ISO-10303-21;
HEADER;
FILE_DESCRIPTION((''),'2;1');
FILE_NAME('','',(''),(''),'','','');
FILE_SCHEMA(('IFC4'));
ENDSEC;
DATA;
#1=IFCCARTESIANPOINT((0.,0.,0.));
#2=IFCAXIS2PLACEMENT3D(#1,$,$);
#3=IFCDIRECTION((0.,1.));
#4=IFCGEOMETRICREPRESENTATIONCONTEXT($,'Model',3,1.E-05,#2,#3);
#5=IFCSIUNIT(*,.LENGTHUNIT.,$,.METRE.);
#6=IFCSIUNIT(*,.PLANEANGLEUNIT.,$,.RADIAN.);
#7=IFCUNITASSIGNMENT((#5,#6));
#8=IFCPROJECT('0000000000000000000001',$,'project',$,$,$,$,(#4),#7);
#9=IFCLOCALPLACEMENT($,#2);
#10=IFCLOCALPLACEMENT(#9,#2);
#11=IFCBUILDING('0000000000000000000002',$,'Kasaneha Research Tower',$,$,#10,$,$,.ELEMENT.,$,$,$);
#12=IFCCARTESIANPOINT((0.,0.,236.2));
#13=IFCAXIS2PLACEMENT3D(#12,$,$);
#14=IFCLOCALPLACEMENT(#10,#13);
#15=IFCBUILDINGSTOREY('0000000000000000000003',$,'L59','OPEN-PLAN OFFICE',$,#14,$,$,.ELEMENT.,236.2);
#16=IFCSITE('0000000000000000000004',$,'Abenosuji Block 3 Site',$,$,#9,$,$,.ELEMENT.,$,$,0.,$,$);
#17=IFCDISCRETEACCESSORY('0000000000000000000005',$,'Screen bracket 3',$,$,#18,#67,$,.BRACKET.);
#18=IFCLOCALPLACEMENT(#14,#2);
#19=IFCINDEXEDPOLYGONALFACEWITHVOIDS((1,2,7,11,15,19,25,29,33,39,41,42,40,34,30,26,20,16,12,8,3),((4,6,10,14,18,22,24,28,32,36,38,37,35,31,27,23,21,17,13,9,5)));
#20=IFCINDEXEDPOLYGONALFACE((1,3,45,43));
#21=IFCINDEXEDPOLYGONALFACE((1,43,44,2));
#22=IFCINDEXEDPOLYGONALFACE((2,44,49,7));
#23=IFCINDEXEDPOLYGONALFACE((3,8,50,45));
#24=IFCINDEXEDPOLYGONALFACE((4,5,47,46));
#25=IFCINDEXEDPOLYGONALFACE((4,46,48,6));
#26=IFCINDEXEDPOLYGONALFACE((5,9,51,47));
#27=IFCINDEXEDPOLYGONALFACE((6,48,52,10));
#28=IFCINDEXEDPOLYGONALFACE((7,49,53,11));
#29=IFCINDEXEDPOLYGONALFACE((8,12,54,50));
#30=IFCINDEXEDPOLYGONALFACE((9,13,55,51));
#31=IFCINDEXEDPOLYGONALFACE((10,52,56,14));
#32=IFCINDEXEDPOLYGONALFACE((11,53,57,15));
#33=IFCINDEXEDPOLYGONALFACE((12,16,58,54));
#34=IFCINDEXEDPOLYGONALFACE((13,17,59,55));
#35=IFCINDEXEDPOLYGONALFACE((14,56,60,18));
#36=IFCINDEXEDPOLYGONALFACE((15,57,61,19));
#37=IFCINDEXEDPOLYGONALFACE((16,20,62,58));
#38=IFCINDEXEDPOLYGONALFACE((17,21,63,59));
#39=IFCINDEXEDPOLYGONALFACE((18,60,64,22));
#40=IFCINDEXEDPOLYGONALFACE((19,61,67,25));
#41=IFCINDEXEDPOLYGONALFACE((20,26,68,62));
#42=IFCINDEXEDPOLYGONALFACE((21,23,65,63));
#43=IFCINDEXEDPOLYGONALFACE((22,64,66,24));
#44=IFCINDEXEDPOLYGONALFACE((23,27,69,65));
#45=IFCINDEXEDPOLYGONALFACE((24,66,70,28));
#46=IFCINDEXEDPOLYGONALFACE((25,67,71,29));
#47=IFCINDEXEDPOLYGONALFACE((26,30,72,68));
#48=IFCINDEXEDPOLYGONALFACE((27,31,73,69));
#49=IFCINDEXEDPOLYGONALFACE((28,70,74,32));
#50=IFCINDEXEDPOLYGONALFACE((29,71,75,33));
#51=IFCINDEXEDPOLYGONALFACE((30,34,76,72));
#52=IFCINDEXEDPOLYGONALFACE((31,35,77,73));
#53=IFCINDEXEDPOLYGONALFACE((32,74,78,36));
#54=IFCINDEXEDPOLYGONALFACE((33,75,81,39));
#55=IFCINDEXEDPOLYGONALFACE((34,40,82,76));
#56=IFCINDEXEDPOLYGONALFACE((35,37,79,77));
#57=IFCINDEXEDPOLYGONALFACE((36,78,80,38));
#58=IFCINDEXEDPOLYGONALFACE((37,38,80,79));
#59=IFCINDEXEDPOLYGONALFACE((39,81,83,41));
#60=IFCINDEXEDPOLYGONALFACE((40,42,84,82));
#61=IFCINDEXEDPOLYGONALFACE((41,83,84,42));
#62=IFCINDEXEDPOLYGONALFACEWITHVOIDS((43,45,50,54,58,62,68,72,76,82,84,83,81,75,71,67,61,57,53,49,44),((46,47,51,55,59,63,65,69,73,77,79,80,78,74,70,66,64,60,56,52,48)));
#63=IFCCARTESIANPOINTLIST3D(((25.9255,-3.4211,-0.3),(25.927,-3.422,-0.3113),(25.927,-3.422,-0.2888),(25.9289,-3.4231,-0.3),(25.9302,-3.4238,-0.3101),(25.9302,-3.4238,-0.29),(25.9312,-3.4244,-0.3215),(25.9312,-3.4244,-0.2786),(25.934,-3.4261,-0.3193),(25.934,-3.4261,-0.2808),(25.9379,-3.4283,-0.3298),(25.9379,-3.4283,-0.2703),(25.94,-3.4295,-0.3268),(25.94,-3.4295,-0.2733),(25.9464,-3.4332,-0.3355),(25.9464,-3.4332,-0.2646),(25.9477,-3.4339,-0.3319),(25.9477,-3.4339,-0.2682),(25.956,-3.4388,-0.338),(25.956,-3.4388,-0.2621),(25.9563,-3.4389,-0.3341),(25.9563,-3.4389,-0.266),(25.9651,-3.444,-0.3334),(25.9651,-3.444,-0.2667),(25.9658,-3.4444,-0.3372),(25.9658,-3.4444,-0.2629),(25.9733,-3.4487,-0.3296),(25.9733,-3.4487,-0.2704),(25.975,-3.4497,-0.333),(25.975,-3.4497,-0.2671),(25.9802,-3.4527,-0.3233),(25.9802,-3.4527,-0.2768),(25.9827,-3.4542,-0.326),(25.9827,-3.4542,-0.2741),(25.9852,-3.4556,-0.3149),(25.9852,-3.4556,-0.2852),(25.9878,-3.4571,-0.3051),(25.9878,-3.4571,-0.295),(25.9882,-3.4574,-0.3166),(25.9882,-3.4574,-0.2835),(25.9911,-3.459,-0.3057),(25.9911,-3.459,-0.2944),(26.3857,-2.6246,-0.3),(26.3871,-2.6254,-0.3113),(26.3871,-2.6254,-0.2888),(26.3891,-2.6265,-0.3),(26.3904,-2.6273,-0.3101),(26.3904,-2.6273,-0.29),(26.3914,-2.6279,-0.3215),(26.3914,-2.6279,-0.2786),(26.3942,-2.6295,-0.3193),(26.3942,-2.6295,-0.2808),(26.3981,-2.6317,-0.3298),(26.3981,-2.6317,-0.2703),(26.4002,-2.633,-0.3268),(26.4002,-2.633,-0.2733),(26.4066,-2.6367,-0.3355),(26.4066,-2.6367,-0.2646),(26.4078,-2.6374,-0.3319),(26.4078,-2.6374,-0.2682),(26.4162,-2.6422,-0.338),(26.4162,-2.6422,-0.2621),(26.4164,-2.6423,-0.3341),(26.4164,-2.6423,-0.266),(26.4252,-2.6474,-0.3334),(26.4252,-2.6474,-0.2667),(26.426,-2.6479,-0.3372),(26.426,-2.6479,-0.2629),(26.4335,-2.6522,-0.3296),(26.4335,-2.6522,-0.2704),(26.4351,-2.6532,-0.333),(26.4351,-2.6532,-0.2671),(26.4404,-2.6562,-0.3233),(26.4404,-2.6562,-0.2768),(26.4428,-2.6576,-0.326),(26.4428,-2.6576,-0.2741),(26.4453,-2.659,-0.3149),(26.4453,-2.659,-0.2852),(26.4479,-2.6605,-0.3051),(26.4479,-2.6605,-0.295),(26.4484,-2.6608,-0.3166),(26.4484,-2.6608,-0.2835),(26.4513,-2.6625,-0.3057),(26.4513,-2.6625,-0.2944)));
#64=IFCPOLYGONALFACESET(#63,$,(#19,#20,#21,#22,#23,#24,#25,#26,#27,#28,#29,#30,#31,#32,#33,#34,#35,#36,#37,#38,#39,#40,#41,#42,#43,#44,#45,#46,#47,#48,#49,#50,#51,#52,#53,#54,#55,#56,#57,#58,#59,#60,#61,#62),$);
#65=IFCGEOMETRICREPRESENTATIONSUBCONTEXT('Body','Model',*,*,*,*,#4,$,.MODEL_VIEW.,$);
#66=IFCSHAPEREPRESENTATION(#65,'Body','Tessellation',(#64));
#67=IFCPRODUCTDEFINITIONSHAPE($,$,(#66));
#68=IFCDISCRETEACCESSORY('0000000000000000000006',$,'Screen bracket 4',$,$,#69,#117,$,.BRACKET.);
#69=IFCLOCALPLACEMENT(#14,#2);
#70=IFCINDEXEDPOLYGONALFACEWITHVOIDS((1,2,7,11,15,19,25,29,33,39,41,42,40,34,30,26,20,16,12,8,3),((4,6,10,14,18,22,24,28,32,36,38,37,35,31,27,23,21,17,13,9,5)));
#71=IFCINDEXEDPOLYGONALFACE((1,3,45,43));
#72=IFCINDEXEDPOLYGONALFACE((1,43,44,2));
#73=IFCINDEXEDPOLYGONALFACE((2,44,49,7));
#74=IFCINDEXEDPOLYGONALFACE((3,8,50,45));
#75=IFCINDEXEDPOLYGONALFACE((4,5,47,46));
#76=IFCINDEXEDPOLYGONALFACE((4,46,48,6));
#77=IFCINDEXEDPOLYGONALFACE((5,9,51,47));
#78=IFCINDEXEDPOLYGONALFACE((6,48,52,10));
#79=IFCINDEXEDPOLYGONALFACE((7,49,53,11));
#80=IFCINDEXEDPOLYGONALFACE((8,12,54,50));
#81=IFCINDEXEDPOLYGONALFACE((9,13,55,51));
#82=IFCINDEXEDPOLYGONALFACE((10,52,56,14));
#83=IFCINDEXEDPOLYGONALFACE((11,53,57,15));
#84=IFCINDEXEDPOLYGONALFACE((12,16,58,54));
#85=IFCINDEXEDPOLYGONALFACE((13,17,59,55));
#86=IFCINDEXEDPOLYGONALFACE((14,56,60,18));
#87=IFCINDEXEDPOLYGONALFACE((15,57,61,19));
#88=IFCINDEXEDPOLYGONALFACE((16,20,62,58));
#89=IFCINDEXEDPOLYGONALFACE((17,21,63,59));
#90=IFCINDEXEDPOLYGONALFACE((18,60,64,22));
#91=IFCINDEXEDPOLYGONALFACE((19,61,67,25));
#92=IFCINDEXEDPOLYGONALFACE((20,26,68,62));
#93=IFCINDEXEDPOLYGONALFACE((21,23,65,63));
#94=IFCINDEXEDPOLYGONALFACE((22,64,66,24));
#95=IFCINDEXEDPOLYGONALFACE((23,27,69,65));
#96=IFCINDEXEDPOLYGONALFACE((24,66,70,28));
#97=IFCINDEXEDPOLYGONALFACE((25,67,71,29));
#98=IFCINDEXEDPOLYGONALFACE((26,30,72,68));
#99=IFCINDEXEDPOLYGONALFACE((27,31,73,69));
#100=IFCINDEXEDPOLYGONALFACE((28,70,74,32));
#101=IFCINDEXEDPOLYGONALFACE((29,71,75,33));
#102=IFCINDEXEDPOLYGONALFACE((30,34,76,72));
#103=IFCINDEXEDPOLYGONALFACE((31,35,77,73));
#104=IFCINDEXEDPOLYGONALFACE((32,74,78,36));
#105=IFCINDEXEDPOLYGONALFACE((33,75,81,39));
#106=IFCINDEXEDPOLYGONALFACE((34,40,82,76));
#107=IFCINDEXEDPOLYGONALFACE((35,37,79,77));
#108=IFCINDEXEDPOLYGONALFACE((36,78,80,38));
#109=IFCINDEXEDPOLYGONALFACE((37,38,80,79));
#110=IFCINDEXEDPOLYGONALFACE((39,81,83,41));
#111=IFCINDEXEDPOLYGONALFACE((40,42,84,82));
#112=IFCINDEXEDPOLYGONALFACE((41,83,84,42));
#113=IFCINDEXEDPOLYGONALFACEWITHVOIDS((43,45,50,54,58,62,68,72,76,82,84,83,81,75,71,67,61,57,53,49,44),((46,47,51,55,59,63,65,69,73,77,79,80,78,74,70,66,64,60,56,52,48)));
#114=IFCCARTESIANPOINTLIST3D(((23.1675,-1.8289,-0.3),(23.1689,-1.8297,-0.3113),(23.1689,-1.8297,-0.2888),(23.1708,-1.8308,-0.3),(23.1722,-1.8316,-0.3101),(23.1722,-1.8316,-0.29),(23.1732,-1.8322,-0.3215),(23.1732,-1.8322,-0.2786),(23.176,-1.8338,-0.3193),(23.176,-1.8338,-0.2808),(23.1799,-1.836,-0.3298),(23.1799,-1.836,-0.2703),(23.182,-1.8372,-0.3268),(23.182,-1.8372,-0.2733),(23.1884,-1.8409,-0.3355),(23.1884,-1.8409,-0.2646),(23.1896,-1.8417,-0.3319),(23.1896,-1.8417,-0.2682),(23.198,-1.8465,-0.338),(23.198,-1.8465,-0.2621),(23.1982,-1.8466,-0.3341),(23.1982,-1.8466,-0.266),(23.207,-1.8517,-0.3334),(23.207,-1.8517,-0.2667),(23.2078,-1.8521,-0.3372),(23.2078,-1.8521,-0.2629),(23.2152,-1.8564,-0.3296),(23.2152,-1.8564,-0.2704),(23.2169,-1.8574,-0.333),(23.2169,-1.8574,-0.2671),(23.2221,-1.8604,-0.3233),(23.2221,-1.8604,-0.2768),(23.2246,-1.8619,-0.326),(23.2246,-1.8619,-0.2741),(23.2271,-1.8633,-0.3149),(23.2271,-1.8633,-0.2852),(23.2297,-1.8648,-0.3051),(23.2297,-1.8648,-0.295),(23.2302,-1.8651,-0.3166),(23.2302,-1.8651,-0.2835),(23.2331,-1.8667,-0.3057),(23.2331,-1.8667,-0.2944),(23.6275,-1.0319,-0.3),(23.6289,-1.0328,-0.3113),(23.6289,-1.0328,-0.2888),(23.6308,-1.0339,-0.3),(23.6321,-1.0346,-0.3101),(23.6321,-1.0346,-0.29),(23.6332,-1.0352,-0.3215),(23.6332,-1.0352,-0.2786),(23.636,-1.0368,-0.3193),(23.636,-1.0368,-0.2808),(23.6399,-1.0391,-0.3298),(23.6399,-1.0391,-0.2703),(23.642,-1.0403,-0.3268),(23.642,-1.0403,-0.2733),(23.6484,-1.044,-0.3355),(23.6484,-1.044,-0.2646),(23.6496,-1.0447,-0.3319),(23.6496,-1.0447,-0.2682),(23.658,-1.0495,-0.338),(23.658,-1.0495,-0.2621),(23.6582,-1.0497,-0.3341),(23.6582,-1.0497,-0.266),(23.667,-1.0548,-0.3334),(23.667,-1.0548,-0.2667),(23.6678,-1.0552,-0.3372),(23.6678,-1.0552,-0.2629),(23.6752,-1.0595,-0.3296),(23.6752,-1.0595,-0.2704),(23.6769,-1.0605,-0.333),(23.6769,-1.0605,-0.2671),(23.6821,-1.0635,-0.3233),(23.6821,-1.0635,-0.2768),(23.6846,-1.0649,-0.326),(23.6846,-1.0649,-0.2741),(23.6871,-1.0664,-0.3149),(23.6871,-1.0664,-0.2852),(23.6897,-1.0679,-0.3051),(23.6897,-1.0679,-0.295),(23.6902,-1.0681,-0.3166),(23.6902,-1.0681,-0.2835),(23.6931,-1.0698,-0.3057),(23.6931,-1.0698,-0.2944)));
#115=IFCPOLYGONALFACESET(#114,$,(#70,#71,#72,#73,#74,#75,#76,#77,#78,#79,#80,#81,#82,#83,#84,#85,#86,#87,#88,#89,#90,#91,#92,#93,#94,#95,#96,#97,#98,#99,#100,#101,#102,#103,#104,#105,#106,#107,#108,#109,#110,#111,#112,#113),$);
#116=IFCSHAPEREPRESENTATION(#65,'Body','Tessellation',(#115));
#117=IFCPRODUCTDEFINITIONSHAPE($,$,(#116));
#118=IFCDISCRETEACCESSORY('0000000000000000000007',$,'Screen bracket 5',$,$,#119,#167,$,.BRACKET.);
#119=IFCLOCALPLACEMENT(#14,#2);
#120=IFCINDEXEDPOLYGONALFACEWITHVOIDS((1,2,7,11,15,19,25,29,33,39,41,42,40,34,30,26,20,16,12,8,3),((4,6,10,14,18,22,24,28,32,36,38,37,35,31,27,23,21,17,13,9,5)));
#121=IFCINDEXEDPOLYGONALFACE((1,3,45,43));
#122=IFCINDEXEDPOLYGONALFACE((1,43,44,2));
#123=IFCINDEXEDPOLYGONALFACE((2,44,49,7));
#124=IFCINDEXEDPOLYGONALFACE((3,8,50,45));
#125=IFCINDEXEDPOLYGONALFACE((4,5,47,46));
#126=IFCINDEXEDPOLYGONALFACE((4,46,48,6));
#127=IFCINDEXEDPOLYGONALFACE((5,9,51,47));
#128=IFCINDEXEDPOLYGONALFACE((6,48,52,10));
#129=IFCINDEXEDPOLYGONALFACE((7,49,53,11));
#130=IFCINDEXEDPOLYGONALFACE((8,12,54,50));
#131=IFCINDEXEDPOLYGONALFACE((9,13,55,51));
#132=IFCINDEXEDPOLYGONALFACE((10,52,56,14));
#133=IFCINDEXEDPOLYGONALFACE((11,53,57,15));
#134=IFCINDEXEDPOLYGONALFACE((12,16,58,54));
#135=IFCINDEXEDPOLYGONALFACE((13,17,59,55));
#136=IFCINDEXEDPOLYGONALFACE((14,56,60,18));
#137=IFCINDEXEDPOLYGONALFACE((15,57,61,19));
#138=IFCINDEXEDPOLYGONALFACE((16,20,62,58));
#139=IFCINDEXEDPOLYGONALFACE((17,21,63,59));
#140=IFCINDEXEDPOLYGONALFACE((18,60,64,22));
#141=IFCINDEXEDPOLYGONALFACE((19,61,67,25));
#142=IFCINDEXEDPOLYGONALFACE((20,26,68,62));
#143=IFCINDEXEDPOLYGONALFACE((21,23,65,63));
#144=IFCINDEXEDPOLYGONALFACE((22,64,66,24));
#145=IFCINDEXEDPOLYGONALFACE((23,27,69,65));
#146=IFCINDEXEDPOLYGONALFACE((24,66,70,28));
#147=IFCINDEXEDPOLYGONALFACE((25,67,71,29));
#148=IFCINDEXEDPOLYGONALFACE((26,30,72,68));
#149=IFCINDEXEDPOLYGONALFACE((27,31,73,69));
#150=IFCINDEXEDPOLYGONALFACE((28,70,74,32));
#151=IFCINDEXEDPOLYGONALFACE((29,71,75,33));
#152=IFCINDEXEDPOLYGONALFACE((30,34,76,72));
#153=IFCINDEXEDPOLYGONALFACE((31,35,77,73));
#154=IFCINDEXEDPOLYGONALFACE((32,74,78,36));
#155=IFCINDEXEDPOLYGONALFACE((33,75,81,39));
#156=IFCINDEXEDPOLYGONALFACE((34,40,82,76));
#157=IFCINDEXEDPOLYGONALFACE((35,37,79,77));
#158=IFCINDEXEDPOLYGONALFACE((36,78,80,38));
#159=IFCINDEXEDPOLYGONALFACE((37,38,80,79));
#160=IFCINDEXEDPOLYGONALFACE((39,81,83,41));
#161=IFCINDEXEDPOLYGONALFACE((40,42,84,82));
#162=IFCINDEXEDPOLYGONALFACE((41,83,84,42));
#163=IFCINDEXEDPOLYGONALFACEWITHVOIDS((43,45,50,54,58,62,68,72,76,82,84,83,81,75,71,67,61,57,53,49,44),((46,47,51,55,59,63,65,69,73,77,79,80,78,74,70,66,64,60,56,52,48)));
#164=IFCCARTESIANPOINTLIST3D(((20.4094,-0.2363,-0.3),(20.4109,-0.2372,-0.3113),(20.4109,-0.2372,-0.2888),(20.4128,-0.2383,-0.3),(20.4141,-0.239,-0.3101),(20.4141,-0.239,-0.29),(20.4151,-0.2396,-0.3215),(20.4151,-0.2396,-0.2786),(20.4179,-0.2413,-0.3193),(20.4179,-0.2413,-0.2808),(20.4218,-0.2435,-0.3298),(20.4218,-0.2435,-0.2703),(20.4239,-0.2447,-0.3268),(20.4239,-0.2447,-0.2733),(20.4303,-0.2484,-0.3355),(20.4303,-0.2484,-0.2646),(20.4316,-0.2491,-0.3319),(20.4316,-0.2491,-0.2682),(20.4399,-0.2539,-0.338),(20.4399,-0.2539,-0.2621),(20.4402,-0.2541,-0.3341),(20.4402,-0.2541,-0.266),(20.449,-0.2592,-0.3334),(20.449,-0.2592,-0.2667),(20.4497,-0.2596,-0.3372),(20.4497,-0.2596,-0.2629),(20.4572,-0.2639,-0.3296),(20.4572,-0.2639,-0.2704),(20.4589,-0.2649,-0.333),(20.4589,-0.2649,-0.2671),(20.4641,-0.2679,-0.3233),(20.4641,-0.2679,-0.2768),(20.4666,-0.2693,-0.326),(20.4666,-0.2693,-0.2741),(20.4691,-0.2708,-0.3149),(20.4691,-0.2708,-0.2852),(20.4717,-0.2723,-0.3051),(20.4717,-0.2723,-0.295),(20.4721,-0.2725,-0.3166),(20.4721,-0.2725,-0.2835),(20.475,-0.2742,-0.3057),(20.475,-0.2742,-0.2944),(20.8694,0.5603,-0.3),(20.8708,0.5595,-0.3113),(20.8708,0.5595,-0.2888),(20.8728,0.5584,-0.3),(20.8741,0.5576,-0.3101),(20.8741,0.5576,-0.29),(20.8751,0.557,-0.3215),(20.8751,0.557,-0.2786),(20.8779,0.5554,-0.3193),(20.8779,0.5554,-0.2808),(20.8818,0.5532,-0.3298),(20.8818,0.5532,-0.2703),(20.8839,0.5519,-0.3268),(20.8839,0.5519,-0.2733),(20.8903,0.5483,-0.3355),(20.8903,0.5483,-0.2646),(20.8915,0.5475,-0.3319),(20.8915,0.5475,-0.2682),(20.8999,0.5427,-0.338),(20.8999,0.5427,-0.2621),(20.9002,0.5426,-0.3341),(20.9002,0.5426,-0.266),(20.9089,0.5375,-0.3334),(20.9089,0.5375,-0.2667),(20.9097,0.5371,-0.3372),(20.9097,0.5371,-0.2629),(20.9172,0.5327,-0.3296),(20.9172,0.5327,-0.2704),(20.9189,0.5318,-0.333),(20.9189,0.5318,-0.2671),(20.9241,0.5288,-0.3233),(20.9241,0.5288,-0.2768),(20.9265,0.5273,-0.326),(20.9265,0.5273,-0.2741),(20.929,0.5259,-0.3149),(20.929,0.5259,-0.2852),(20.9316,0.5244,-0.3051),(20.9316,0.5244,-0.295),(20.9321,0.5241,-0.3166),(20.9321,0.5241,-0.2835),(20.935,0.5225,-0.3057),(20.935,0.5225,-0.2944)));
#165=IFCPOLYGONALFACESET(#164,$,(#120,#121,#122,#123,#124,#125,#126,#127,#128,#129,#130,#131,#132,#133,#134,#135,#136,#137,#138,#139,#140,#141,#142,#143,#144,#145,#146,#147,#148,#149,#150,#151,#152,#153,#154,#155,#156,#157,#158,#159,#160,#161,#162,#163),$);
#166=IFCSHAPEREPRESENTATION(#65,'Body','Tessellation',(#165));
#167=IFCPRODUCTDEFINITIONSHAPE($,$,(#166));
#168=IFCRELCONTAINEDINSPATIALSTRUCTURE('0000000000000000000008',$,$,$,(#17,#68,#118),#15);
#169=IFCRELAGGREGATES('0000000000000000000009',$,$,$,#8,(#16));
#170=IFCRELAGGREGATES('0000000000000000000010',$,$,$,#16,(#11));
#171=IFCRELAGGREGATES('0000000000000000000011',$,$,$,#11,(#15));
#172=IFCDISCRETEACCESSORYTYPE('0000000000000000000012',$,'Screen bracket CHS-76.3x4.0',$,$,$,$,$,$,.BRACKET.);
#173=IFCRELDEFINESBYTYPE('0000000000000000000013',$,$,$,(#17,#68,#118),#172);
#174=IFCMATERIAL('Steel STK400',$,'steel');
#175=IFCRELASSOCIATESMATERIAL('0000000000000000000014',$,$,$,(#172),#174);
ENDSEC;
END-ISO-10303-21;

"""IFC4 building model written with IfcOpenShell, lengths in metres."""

from ifc_helpers import new_model, si_unit, direction, frame, origin, origin_2d, place, context, subcontext, project, spatial, hollow_circle, extrude, material, material_profile, profile_set, type_object, element, save


model = new_model("IFC4")

# Units and contexts
model_context = context("Model", 3, precision=1e-05, world=origin(), true_north=direction((0.0, 1.0)))
body_context = subcontext(model_context, "Body", "Model", "MODEL_VIEW")
ifc_project = project(units=[si_unit("LENGTHUNIT", "METRE"), si_unit("PLANEANGLEUNIT", "RADIAN")], contexts=[model_context])

# Site, building, storey
site_placement = place(None, origin())
site = spatial("IfcSite", under=ifc_project, at=site_placement, Name="Abenosuji Block 3 Site", CompositionType="ELEMENT", RefElevation=0.0)
building_placement = place(site_placement, origin())
building = spatial("IfcBuilding", under=site, at=building_placement, Name="Kasaneha Research Tower", CompositionType="ELEMENT")
storey_placement = place(building_placement, frame((0.0, 0.0, 236.2)))
storey = spatial("IfcBuildingStorey", under=building, at=storey_placement, Name="L59", Description="OPEN-PLAN OFFICE", CompositionType="ELEMENT", Elevation=236.2)

# Discrete accessories
ifc_material_1 = material(Name="Steel STK400", Category="steel")
ifc_material_profile_1 = material_profile(ifc_material_1, hollow_circle(Radius=0.0381, WallThickness=0.0039, at=origin_2d()), Name="CHS-76.3x4.0")
ifc_profile_set_1 = profile_set([ifc_material_profile_1], Name="Steel STK400")
discrete_accessory_type = type_object("IfcDiscreteAccessoryType", Name="Screen bracket CHS-76.3x4.0", PredefinedType="BRACKET", material=ifc_profile_set_1)
for number, where, z_axis, x_axis, name in (
    (1, (25.9585, -3.4402, -0.3), (0.50022, 0.865898, 0.0), (-0.865898, 0.50022, 0.0), "Screen bracket 3"),
):
    element("IfcDiscreteAccessory", number, at=place(storey_placement, frame(where, z_axis=z_axis, x_axis=x_axis)), inside=storey, type_object=discrete_accessory_type, Name=name, PredefinedType="BRACKET", context=body_context, shape_type="SweptSolid", body=[
        extrude(hollow_circle(Radius=0.0381, WallThickness=0.0039, at=origin_2d()), origin(), (0.0, 0.0, 1.0), 0.9199),
    ])
discrete_accessory_1_placement = place(storey_placement, frame((23.2004, -1.8479, -0.3), z_axis=(0.499906, 0.86608, 0.0), x_axis=(-0.86608, 0.499906, 0.0)))
element("IfcDiscreteAccessory", 2, at=discrete_accessory_1_placement, inside=storey, type_object=discrete_accessory_type, Name="Screen bracket 4", PredefinedType="BRACKET", context=body_context, shape_type="SweptSolid", body=[
    extrude(hollow_circle(Radius=0.0381, WallThickness=0.0039, at=origin_2d()), origin(), (0.0, 0.0, 1.0), 0.9202),
])
discrete_accessory_2_placement = place(storey_placement, frame((20.4424, -0.2554, -0.3), z_axis=(0.500021, 0.866013, 0.0), x_axis=(-0.866013, 0.500021, 0.0)))
element("IfcDiscreteAccessory", 3, at=discrete_accessory_2_placement, inside=storey, type_object=discrete_accessory_type, Name="Screen bracket 5", PredefinedType="BRACKET", context=body_context, shape_type="SweptSolid", body=[
    extrude(hollow_circle(Radius=0.0381, WallThickness=0.0039, at=origin_2d()), origin(), (0.0, 0.0, 1.0), 0.9199),
])

save(model, "model.ifc")
